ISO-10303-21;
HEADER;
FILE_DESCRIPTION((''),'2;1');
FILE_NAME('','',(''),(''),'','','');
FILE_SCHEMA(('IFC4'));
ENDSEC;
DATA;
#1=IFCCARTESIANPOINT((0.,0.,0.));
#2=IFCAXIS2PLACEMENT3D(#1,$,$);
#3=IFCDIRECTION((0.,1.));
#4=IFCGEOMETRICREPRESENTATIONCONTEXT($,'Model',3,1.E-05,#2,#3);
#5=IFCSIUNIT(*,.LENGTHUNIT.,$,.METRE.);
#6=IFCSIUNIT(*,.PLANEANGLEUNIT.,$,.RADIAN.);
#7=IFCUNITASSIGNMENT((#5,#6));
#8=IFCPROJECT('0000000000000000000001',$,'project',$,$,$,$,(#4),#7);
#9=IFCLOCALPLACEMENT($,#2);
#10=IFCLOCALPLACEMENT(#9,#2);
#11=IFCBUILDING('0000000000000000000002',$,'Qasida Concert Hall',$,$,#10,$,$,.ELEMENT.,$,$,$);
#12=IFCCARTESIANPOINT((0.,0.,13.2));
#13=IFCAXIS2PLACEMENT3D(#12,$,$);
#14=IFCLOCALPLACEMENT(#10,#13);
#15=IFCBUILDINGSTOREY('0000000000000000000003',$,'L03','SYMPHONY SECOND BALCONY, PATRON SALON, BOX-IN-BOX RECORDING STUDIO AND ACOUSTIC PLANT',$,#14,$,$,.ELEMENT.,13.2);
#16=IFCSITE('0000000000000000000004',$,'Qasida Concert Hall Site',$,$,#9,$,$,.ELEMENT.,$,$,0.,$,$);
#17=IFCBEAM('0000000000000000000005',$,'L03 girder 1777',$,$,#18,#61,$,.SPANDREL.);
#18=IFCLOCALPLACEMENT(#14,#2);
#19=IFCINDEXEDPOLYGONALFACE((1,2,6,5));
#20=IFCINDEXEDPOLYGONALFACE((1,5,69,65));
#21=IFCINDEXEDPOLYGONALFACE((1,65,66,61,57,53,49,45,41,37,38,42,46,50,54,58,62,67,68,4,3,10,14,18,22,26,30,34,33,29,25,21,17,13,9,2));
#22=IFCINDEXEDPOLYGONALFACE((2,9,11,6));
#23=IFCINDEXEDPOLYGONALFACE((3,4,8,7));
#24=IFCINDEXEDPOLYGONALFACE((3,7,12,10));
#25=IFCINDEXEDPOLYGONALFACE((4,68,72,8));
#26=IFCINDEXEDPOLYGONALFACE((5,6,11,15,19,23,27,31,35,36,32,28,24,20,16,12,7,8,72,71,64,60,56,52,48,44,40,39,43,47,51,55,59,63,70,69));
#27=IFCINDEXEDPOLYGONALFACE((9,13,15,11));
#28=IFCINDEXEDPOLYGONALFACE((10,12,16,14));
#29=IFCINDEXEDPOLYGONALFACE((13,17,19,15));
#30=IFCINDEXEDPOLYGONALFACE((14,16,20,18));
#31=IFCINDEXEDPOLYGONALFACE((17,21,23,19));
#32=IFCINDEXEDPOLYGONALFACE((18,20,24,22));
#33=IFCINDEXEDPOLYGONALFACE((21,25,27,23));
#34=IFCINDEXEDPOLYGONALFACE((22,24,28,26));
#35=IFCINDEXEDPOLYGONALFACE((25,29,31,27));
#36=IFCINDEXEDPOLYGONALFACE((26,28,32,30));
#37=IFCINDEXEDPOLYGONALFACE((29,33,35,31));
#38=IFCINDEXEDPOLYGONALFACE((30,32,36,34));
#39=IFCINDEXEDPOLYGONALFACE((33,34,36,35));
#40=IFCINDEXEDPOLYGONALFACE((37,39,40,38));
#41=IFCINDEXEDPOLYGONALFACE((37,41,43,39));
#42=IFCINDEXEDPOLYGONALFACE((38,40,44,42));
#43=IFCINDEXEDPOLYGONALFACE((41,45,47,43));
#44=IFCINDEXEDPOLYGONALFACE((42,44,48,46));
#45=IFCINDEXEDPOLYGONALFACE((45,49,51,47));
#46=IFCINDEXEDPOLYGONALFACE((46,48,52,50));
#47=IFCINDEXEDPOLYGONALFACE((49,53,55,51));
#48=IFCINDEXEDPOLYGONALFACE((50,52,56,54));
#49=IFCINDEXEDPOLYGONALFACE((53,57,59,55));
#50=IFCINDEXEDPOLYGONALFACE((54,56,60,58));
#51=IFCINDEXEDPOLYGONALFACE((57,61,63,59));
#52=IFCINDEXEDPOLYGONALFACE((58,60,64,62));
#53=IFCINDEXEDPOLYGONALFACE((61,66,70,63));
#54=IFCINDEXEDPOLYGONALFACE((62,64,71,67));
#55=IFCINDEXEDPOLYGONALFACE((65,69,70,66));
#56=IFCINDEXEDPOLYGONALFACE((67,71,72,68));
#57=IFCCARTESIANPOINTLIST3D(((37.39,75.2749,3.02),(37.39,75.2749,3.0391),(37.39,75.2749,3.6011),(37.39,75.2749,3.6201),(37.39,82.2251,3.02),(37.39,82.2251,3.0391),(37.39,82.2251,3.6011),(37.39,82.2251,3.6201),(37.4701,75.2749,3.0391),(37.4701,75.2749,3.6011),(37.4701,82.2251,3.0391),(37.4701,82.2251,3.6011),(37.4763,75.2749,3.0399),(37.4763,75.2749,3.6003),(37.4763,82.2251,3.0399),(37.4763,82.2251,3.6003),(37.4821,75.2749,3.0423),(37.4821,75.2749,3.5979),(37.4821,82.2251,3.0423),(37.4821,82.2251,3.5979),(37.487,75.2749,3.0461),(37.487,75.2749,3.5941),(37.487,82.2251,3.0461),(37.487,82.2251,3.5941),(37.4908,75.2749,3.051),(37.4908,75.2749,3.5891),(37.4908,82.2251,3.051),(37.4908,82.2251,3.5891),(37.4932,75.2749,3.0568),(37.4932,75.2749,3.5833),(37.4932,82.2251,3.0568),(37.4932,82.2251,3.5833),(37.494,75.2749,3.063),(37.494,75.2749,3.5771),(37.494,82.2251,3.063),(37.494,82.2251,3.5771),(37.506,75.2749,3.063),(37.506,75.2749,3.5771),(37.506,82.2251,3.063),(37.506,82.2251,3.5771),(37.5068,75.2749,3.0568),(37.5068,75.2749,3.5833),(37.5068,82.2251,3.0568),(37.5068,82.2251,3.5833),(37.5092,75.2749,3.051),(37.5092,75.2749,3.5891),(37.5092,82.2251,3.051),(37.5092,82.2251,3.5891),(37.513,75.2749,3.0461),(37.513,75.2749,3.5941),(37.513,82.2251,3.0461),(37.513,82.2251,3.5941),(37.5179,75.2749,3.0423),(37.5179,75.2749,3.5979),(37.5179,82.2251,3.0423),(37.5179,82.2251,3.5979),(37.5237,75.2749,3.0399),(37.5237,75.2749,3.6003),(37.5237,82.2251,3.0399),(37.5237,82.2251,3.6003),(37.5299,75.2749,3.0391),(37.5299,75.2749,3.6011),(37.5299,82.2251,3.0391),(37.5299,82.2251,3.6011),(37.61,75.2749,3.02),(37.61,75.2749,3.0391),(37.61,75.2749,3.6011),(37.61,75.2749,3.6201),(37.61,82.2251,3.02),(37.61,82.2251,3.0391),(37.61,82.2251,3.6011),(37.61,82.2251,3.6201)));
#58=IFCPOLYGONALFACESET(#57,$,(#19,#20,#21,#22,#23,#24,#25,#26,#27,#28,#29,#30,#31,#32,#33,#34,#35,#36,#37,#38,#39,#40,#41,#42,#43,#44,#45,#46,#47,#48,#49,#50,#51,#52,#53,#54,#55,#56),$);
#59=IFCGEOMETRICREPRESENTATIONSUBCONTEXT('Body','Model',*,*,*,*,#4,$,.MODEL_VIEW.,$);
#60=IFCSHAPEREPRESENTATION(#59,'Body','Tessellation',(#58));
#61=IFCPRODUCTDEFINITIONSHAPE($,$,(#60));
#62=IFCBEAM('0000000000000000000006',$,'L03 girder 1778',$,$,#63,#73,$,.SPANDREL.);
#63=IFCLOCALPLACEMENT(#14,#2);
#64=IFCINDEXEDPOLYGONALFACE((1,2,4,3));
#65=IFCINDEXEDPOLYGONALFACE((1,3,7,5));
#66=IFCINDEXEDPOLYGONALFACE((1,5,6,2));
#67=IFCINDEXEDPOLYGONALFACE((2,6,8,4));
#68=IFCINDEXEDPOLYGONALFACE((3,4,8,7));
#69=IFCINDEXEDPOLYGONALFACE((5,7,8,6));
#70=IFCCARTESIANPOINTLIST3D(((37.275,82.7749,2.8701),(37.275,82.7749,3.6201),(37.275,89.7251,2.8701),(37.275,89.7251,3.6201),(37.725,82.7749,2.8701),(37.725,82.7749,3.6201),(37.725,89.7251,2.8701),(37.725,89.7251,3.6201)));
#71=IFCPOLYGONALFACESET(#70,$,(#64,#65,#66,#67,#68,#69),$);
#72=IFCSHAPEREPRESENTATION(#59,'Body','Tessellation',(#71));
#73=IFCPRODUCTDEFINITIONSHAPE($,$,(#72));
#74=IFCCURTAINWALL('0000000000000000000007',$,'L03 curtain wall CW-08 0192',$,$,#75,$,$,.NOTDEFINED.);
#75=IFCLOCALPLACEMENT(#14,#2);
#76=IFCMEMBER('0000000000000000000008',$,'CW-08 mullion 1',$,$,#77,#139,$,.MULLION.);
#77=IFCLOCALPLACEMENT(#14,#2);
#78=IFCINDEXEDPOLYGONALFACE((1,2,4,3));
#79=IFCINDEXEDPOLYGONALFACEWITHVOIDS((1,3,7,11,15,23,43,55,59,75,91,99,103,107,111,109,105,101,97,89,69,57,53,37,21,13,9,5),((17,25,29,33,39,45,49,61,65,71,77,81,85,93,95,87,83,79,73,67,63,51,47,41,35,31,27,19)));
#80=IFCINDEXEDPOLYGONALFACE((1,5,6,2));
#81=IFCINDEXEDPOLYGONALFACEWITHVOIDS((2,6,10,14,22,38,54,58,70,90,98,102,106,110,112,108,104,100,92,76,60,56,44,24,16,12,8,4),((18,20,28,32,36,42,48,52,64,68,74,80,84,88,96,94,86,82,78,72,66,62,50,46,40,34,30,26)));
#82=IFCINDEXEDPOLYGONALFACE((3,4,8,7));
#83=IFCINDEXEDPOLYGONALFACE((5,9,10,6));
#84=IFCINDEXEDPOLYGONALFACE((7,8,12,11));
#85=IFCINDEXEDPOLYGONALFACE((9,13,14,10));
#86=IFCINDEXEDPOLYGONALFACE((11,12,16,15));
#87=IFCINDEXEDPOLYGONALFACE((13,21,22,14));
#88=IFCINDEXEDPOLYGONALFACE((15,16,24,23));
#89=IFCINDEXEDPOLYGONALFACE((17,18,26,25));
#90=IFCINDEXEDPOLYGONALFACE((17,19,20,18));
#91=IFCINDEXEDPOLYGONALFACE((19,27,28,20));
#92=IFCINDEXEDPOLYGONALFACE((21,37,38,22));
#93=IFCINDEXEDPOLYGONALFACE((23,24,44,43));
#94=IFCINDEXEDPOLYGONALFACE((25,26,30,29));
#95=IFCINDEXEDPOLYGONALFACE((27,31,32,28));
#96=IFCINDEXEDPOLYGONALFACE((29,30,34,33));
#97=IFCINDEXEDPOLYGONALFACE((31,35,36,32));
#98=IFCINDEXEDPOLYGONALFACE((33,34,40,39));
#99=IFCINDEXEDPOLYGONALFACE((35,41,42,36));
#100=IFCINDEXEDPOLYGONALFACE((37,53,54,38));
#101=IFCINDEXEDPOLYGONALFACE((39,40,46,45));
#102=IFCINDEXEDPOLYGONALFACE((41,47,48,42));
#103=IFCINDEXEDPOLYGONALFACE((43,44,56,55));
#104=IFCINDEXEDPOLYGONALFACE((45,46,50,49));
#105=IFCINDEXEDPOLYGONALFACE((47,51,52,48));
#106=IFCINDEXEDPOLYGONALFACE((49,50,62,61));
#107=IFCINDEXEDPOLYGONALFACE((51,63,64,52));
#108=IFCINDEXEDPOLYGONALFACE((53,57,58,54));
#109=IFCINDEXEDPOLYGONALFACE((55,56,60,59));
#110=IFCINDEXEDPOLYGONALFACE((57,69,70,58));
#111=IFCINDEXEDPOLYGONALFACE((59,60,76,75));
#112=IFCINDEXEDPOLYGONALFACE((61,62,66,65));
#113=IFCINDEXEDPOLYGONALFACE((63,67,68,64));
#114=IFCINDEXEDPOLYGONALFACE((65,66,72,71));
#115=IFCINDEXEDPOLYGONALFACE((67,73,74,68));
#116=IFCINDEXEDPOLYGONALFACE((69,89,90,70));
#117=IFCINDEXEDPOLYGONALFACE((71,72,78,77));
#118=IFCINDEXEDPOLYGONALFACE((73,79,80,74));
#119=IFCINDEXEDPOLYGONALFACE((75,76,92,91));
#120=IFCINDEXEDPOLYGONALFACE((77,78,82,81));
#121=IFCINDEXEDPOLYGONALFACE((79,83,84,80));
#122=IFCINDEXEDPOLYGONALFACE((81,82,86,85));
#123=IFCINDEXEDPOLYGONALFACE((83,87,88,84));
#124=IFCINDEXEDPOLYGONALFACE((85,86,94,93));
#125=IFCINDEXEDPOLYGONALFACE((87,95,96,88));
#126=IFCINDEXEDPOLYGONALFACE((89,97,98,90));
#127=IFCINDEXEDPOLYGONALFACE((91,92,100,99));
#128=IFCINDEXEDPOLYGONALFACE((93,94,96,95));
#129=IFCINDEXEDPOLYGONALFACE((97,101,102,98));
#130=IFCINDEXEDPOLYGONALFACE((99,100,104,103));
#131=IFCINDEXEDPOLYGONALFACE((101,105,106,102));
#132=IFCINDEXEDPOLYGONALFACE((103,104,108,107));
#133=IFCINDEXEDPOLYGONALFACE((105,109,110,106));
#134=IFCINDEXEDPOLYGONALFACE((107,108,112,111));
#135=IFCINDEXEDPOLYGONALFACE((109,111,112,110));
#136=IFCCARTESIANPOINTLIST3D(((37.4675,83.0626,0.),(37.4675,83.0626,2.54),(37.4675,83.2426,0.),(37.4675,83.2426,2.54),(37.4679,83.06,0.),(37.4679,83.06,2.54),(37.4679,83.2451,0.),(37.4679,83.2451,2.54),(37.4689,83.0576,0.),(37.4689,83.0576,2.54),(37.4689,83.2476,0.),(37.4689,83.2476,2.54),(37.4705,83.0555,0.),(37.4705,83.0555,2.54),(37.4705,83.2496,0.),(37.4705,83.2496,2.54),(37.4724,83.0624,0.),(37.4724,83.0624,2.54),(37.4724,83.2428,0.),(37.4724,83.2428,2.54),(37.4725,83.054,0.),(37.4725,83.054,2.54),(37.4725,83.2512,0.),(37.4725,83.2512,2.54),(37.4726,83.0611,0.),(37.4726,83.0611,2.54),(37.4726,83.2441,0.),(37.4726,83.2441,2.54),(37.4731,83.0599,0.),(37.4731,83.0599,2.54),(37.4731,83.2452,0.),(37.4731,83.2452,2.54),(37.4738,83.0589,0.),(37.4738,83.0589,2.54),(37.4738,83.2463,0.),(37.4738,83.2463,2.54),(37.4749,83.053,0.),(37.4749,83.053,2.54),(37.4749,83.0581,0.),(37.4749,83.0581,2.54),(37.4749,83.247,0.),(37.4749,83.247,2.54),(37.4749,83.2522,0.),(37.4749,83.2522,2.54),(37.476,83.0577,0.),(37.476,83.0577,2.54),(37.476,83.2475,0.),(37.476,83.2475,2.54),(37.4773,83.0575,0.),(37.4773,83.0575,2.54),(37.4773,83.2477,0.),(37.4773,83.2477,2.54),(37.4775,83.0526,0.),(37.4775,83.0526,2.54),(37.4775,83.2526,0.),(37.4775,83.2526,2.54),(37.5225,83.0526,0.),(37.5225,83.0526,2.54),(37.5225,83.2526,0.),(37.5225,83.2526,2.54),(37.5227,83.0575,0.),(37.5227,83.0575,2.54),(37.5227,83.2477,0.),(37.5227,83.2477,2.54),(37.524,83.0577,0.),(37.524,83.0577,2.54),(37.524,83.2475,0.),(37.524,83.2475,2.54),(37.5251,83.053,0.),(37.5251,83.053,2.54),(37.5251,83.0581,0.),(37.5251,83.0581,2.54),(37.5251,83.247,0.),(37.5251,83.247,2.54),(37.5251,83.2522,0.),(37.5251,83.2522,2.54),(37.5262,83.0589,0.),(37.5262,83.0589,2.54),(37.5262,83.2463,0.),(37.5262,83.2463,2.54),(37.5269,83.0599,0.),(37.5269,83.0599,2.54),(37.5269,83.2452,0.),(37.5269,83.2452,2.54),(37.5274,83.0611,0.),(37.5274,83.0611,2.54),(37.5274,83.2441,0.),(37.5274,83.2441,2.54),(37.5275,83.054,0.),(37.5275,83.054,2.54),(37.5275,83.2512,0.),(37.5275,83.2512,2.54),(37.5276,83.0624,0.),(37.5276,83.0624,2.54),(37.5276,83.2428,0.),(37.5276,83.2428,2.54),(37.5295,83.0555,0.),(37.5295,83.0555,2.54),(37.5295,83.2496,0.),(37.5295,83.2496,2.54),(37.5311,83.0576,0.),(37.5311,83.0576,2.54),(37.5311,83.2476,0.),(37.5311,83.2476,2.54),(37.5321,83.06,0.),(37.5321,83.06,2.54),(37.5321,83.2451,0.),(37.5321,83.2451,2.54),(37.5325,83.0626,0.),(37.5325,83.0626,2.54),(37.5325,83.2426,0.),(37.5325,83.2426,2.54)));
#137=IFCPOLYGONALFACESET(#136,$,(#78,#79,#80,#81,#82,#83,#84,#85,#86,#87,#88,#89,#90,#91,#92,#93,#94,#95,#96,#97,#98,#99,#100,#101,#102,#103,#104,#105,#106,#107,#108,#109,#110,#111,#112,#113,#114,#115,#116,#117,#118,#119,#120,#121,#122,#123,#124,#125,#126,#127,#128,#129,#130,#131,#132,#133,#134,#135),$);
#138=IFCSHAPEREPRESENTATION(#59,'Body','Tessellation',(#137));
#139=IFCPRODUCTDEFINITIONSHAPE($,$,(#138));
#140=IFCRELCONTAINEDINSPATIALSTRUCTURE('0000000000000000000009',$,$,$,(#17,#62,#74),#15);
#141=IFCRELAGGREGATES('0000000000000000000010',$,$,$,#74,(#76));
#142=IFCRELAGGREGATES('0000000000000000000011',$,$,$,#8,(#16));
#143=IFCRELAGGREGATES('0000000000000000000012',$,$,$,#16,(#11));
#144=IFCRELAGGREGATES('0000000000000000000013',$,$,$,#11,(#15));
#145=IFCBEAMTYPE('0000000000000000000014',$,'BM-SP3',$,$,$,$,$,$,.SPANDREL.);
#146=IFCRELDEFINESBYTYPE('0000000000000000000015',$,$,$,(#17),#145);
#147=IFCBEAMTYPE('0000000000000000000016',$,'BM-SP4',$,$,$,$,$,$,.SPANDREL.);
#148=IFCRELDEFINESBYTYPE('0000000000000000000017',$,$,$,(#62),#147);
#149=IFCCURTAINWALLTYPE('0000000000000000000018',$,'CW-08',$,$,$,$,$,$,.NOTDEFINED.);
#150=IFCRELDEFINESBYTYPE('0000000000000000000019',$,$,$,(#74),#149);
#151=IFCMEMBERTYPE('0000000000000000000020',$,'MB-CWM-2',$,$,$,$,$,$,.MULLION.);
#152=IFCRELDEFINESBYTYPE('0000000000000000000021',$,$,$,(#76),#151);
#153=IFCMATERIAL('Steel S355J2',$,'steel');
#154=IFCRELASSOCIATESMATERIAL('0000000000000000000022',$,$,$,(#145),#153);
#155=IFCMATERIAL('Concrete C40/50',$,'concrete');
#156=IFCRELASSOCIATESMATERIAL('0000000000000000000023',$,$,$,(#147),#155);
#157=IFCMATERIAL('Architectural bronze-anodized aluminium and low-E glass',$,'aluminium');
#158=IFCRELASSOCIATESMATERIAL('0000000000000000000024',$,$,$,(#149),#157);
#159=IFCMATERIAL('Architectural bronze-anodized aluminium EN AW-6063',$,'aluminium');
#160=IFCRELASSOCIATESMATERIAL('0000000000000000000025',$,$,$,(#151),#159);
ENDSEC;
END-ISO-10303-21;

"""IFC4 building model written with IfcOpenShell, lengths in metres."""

from ifc_helpers import new_model, si_unit, direction, frame, origin, origin_2d, place, context, subcontext, project, spatial, rectangle, hollow_rectangle, i_section, extrude, material, material_profile, profile_set, type_object, element, aggregate, save


model = new_model("IFC4")

# Units and contexts
model_context = context("Model", 3, precision=1e-05, world=origin(), true_north=direction((0.0, 1.0)))
body_context = subcontext(model_context, "Body", "Model", "MODEL_VIEW")
ifc_project = project(units=[si_unit("LENGTHUNIT", "METRE"), si_unit("PLANEANGLEUNIT", "RADIAN")], contexts=[model_context])

# Site, building, storey
site_placement = place(None, origin())
site = spatial("IfcSite", under=ifc_project, at=site_placement, Name="Qasida Concert Hall Site", CompositionType="ELEMENT", RefElevation=0.0)
building_placement = place(site_placement, origin())
building = spatial("IfcBuilding", under=site, at=building_placement, Name="Qasida Concert Hall", CompositionType="ELEMENT")
storey_placement = place(building_placement, frame((0.0, 0.0, 13.2)))
storey = spatial("IfcBuildingStorey", under=building, at=storey_placement, Name="L03", Description="SYMPHONY SECOND BALCONY, PATRON SALON, BOX-IN-BOX RECORDING STUDIO AND ACOUSTIC PLANT", CompositionType="ELEMENT", Elevation=13.2)

# Beams
ifc_material_1 = material(Name="Concrete C40/50", Category="concrete")
ifc_material_2 = material(Name="Steel S355J2", Category="steel")
ifc_material_profile_1 = material_profile(ifc_material_2, i_section(OverallWidth=0.22, OverallDepth=0.6001, WebThickness=0.012, FlangeThickness=0.019, FilletRadius=0.0239, at=origin_2d()), Name="IPE 600")
ifc_profile_set_1 = profile_set([ifc_material_profile_1], Name="Steel S355J2")
beam_type_1 = type_object("IfcBeamType", Name="BM-SP3", PredefinedType="SPANDREL", material=ifc_profile_set_1)
beam_1_placement = place(storey_placement, frame((37.5, 75.2749, 3.3201), z_axis=(0.0, 1.0, 0.0), x_axis=(-1.0, 0.0, 0.0)))
element("IfcBeam", 1, at=beam_1_placement, inside=storey, type_object=beam_type_1, Name="L03 girder 1777", PredefinedType="SPANDREL", context=body_context, shape_type="SweptSolid", body=[
    extrude(i_section(OverallWidth=0.22, OverallDepth=0.6001, WebThickness=0.012, FlangeThickness=0.019, FilletRadius=0.0239, at=origin_2d()), origin(), (0.0, 0.0, 1.0), 6.9502),
])
ifc_material_profile_2 = material_profile(ifc_material_1, rectangle(XDim=0.45, YDim=0.75, at=origin_2d()), Name="RC 450x750")
ifc_profile_set_2 = profile_set([ifc_material_profile_2], Name="Concrete C40/50")
beam_type_2 = type_object("IfcBeamType", Name="BM-SP4", PredefinedType="SPANDREL", material=ifc_profile_set_2)
beam_2_placement = place(storey_placement, frame((37.5, 82.7749, 3.2451), z_axis=(0.0, 1.0, 0.0), x_axis=(-1.0, 0.0, 0.0)))
element("IfcBeam", 2, at=beam_2_placement, inside=storey, type_object=beam_type_2, Name="L03 girder 1778", PredefinedType="SPANDREL", context=body_context, shape_type="SweptSolid", body=[
    extrude(rectangle(XDim=0.45, YDim=0.75, at=origin_2d()), origin(), (0.0, 0.0, 1.0), 6.9502),
])

# Curtain wall, member
ifc_material_3 = material(Name="Architectural bronze-anodized aluminium and low-E glass", Category="aluminium")
curtain_wall_type = type_object("IfcCurtainWallType", Name="CW-08", PredefinedType="NOTDEFINED", material=ifc_material_3)
curtain_wall_placement = place(storey_placement, origin())
curtain_wall = element("IfcCurtainWall", 3, at=curtain_wall_placement, inside=storey, type_object=curtain_wall_type, Name="L03 curtain wall CW-08 0192", PredefinedType="NOTDEFINED")
ifc_material_4 = material(Name="Architectural bronze-anodized aluminium EN AW-6063", Category="aluminium")
ifc_material_profile_3 = material_profile(ifc_material_4, hollow_rectangle(XDim=0.0649, YDim=0.2, WallThickness=0.0049, InnerFilletRadius=0.0049, OuterFilletRadius=0.01, at=origin_2d()), Name="CWM 200x65x5")
ifc_profile_set_3 = profile_set([ifc_material_profile_3], Name="Architectural bronze-anodized aluminium EN AW-6063")
member_type_1 = type_object("IfcMemberType", Name="MB-CWM-2", PredefinedType="MULLION", material=ifc_profile_set_3)
member_1_placement = place(storey_placement, frame((37.5, 83.1526, 0.0), z_axis=(0.0, 0.0, 1.0), x_axis=(-1.0, 0.0, 0.0)))
member_1 = element("IfcMember", 4, at=member_1_placement, type_object=member_type_1, Name="CW-08 mullion 1", PredefinedType="MULLION", context=body_context, shape_type="SweptSolid", body=[
    extrude(hollow_rectangle(XDim=0.0649, YDim=0.2, WallThickness=0.0049, InnerFilletRadius=0.0049, OuterFilletRadius=0.01, at=origin_2d()), origin(), (0.0, 0.0, 1.0), 2.54),
])
aggregate(curtain_wall, [member_1])

save(model, "model.ifc")
